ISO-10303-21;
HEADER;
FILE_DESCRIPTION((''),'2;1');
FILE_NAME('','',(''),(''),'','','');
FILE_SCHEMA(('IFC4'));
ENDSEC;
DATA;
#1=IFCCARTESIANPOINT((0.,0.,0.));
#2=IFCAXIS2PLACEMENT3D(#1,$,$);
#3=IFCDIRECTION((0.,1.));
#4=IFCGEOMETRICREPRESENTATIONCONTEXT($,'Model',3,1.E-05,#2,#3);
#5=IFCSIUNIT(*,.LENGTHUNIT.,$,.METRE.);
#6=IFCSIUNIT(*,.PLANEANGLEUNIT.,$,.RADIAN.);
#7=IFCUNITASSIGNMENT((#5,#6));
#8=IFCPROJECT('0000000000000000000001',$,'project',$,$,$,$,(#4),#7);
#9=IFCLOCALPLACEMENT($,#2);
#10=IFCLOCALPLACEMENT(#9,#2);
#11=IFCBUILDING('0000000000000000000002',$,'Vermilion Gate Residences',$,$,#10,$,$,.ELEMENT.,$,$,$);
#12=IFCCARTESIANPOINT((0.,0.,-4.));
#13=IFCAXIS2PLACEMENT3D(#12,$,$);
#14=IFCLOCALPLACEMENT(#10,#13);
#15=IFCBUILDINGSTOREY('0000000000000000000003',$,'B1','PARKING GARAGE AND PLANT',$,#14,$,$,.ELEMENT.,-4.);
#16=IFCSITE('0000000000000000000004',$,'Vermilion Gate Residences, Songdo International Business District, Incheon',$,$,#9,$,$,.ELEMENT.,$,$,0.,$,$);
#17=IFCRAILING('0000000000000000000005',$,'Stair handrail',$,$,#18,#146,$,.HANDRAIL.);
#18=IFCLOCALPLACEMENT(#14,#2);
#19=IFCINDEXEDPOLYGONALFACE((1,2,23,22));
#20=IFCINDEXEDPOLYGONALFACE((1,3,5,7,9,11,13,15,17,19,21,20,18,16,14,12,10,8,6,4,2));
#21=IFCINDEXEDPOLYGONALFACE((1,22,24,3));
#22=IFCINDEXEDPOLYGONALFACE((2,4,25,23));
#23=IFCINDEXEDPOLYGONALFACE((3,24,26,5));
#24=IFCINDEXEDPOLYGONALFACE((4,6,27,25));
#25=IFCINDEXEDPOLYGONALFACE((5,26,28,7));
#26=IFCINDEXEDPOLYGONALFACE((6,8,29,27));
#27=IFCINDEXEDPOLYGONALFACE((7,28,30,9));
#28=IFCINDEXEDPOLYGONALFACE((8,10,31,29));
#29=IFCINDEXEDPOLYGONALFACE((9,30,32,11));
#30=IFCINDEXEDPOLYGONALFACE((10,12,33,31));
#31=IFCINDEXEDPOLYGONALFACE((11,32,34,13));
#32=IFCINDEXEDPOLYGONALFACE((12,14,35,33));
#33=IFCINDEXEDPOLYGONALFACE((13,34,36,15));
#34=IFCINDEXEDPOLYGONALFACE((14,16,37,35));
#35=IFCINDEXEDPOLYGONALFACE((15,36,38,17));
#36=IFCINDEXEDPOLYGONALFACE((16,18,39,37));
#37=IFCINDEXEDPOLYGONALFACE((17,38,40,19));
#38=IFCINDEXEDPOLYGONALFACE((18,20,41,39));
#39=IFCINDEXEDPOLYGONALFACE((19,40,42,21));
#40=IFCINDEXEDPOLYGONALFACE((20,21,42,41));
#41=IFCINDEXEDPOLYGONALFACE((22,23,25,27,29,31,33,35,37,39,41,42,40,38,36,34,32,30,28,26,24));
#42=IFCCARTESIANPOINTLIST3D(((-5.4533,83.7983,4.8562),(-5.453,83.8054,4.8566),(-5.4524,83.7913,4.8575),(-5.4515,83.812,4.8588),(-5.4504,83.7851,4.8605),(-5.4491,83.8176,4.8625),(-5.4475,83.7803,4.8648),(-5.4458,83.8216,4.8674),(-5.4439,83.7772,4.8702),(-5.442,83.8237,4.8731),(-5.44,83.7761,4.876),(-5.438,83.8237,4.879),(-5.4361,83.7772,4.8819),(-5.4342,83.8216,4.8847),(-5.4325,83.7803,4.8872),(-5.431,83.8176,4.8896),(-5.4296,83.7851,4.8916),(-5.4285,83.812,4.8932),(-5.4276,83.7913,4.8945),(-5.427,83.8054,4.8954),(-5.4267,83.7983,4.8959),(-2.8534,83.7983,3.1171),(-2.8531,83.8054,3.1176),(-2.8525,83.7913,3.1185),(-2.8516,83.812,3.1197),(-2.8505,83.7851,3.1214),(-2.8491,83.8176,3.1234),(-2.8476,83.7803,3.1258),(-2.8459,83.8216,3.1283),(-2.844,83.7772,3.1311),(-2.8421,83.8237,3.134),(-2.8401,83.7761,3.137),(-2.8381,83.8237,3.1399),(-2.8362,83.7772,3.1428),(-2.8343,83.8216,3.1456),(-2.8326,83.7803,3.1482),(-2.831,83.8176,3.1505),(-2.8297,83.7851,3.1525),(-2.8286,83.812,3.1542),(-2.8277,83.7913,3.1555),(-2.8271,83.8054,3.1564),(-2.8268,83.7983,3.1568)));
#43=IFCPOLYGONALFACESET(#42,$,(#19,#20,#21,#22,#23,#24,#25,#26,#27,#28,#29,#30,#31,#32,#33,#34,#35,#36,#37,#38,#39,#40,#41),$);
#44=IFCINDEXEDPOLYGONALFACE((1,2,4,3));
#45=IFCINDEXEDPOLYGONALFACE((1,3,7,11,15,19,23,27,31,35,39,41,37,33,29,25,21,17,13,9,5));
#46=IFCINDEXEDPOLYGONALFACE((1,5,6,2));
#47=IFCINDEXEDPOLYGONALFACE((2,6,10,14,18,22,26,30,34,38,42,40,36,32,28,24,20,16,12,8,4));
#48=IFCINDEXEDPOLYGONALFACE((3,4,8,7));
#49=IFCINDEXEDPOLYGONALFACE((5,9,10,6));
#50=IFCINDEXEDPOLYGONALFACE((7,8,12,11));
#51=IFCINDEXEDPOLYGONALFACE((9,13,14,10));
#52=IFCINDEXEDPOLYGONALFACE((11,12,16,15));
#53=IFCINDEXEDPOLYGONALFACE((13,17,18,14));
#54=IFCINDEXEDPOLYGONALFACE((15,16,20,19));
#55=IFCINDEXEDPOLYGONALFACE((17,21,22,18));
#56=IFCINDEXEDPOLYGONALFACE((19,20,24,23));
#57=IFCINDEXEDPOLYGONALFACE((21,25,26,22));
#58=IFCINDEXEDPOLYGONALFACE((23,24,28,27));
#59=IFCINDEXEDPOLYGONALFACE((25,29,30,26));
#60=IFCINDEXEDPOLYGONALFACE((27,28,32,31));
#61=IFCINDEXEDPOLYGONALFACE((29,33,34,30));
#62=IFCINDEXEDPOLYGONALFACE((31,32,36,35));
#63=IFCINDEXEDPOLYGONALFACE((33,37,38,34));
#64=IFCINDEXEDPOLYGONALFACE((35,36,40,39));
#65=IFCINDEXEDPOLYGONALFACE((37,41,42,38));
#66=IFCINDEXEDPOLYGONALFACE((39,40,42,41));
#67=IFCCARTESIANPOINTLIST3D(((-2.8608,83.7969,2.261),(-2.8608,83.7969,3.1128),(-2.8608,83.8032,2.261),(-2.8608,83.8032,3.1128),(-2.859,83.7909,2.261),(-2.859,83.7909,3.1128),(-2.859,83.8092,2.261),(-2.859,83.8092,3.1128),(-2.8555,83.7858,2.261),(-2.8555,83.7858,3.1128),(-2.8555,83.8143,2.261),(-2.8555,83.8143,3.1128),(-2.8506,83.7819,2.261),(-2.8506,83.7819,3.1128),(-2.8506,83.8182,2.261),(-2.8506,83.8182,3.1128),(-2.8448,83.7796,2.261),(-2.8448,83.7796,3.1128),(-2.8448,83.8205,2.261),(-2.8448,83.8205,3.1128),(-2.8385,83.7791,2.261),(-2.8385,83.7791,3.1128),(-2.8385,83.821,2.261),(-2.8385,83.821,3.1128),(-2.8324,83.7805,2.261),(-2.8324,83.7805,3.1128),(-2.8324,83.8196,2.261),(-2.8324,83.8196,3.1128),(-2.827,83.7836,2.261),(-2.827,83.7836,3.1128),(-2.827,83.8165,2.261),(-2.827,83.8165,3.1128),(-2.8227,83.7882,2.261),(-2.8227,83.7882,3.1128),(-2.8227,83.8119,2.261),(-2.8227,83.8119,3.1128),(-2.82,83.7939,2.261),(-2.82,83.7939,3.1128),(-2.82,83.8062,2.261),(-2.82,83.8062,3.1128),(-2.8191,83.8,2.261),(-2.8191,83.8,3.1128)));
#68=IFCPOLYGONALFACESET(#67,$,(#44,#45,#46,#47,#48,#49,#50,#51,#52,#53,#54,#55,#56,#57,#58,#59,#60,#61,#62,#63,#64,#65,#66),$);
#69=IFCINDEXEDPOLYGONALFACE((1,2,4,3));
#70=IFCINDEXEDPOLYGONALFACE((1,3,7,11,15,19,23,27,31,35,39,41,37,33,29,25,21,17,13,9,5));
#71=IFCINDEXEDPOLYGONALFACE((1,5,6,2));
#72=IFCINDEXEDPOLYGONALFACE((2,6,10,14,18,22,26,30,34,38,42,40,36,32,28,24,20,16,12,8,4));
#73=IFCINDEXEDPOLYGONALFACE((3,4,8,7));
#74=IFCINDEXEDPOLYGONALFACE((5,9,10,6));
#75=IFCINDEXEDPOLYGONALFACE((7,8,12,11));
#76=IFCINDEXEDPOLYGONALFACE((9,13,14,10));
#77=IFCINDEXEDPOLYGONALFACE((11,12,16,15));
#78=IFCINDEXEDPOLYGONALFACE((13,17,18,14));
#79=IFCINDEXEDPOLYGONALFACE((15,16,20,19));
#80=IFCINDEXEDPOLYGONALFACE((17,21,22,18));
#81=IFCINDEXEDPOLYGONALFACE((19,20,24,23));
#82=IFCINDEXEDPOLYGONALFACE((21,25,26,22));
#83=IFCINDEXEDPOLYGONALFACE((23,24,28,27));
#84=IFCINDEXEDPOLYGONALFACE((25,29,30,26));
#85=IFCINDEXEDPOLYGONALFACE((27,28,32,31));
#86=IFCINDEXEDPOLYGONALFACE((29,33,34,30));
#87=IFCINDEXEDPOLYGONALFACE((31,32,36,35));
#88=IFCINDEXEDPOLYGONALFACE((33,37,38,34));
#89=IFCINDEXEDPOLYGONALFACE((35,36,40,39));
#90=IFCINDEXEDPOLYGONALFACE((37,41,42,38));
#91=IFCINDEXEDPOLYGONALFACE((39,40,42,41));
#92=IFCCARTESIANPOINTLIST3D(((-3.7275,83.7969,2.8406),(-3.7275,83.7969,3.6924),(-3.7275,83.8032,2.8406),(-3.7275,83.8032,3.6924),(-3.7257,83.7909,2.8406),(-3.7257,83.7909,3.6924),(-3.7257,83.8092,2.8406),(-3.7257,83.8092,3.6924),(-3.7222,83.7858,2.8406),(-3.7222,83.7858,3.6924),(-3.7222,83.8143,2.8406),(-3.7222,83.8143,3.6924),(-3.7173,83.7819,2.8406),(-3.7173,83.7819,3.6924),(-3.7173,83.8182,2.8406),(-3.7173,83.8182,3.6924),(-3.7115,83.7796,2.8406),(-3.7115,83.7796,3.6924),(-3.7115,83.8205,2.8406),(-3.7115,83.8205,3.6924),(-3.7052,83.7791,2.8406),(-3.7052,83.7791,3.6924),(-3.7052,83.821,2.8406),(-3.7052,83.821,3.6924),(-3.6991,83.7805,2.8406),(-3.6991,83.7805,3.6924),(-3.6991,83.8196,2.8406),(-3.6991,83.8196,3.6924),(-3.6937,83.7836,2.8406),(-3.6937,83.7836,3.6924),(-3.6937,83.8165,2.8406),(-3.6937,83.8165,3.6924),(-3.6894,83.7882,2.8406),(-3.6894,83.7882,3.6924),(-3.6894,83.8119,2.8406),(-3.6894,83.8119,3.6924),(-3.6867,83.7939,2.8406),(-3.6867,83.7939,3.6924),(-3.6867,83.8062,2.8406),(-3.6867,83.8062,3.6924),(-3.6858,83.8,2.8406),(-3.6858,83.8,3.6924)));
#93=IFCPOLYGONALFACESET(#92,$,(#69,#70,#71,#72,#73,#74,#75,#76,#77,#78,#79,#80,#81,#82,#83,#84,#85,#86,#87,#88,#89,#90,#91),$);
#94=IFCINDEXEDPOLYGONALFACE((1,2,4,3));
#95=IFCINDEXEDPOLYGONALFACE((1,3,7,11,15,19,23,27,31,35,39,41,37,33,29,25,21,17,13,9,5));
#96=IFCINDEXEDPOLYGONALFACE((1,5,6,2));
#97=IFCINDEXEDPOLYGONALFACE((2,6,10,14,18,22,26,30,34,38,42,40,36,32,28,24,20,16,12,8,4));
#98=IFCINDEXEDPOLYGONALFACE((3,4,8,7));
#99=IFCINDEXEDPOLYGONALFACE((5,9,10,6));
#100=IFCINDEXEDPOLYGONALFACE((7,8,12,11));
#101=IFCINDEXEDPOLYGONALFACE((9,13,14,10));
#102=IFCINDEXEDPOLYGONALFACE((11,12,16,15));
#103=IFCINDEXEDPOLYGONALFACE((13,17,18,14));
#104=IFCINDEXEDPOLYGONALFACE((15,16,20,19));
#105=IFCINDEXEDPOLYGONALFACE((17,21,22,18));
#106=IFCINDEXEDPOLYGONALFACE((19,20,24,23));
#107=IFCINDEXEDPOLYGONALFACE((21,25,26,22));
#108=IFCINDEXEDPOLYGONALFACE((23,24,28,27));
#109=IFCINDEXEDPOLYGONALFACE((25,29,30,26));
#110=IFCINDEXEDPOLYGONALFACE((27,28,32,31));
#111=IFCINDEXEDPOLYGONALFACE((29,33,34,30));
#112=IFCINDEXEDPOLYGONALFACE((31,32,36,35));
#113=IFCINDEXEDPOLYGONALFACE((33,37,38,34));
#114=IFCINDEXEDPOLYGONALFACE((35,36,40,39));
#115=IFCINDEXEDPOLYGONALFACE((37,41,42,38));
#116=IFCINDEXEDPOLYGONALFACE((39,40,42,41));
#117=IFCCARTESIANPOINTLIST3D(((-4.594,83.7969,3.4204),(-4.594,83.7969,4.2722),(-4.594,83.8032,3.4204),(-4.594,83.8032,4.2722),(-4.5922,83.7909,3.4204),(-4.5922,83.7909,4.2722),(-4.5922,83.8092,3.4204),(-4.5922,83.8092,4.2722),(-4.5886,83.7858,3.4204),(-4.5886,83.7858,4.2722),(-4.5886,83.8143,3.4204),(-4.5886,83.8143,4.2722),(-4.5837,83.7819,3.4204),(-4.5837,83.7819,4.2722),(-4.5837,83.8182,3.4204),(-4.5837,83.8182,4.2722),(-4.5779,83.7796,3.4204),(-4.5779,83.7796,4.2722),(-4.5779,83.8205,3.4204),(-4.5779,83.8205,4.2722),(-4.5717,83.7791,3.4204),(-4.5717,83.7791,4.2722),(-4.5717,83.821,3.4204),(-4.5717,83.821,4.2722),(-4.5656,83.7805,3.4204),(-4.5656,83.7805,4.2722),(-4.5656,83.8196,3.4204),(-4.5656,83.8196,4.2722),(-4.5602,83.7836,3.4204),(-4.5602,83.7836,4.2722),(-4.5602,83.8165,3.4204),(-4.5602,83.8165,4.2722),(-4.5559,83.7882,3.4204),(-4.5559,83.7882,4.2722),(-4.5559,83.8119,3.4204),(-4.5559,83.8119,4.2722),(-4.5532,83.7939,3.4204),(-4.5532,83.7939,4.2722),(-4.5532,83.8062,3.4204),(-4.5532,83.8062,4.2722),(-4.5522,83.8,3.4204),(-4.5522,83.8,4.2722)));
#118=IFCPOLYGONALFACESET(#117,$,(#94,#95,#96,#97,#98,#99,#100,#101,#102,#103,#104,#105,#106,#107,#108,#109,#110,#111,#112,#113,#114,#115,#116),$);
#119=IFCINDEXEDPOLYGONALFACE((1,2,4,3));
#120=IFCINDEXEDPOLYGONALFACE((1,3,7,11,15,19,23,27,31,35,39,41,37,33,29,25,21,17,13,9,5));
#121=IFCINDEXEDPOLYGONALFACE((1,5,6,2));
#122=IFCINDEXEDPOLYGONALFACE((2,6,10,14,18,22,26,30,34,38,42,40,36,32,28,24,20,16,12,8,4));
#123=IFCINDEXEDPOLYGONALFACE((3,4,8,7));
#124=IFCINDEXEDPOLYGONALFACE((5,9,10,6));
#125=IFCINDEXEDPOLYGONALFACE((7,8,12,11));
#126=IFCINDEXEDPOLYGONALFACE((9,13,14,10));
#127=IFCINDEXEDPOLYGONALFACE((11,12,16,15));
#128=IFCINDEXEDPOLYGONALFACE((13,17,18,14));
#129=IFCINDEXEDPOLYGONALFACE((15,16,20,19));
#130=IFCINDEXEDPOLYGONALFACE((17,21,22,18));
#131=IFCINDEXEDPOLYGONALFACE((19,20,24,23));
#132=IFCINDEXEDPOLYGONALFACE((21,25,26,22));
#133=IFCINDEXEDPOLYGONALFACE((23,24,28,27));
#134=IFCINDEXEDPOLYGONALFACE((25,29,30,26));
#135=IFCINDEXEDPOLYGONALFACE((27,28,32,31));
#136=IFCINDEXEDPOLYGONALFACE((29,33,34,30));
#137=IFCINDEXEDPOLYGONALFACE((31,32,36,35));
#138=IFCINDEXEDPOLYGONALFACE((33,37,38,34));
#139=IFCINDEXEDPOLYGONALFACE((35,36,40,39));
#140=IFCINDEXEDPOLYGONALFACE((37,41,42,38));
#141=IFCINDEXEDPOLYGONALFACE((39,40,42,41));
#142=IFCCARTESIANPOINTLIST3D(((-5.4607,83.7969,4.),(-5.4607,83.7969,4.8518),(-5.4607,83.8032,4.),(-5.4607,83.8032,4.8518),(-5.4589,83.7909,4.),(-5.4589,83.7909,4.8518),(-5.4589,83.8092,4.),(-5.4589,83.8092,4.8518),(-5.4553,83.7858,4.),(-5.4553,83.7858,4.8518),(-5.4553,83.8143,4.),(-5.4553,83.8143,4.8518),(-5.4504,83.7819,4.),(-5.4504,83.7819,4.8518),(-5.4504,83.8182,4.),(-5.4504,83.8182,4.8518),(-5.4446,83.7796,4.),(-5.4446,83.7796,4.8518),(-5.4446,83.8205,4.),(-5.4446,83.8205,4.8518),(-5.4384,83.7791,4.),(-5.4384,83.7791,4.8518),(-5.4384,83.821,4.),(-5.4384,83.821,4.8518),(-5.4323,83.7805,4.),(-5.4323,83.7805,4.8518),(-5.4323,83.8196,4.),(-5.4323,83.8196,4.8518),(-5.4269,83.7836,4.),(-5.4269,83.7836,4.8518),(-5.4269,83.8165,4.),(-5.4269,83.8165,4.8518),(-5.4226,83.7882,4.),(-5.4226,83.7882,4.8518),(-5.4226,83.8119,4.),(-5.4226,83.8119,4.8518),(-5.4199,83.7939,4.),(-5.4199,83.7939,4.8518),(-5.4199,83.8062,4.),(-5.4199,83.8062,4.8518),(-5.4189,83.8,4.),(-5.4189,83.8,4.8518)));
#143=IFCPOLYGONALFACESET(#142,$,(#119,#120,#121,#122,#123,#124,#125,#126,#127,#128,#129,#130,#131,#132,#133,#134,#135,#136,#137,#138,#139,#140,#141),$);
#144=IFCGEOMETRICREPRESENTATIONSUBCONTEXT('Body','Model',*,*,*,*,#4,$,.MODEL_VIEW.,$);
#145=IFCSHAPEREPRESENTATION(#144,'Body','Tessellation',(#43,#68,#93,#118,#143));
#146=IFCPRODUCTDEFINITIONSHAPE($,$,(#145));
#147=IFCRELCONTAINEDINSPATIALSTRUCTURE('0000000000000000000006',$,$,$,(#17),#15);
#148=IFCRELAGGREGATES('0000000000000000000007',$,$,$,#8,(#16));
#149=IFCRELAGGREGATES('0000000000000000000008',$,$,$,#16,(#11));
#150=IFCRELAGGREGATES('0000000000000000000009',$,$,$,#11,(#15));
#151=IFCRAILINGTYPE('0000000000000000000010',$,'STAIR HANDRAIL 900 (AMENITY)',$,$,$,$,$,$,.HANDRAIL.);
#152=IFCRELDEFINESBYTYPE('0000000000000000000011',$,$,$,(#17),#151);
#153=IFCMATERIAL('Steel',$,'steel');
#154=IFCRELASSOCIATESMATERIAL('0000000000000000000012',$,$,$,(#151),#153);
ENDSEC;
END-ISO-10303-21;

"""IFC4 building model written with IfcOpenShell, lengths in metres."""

from ifc_helpers import new_model, si_unit, direction, frame, origin, origin_2d, place, context, subcontext, project, spatial, circle, extrude, material, type_object, element, save


model = new_model("IFC4")

# Units and contexts
model_context = context("Model", 3, precision=1e-05, world=origin(), true_north=direction((0.0, 1.0)))
body_context = subcontext(model_context, "Body", "Model", "MODEL_VIEW")
ifc_project = project(units=[si_unit("LENGTHUNIT", "METRE"), si_unit("PLANEANGLEUNIT", "RADIAN")], contexts=[model_context])

# Site, building, storey
site_placement = place(None, origin())
site = spatial("IfcSite", under=ifc_project, at=site_placement, Name="Vermilion Gate Residences, Songdo International Business District, Incheon", CompositionType="ELEMENT", RefElevation=0.0)
building_placement = place(site_placement, origin())
building = spatial("IfcBuilding", under=site, at=building_placement, Name="Vermilion Gate Residences", CompositionType="ELEMENT")
storey_placement = place(building_placement, frame((0.0, 0.0, -4.0)))
storey = spatial("IfcBuildingStorey", under=building, at=storey_placement, Name="B1", Description="PARKING GARAGE AND PLANT", CompositionType="ELEMENT", Elevation=-4.0)

# Railing
ifc_material_1 = material(Name="Steel", Category="steel")
railing_type = type_object("IfcRailingType", Name="STAIR HANDRAIL 900 (AMENITY)", PredefinedType="HANDRAIL", material=ifc_material_1)
railing_1_placement = place(storey_placement, frame((-2.8401, 83.8, 2.261)))
element("IfcRailing", 1, at=railing_1_placement, inside=storey, type_object=railing_type, Name="Stair handrail", PredefinedType="HANDRAIL", context=body_context, shape_type="SweptSolid", body=[
    extrude(circle(Radius=0.0239, at=origin_2d()), frame((0.0, 0.0, 0.876), z_axis=(-0.831197, 0.0, 0.555978), x_axis=(0.0, -1.0, 0.0)), (0.0, 0.0, 1.0), 3.1279),
    extrude(circle(Radius=0.021, at=origin_2d()), origin(), (0.0, 0.0, 1.0), 0.8518),
    extrude(circle(Radius=0.021, at=origin_2d()), frame((-0.8667, 0.0, 0.5796)), (0.0, 0.0, 1.0), 0.8518),
    extrude(circle(Radius=0.021, at=origin_2d()), frame((-1.7332, 0.0, 1.1594)), (0.0, 0.0, 1.0), 0.8518),
    extrude(circle(Radius=0.021, at=origin_2d()), frame((-2.5999, 0.0, 1.739)), (0.0, 0.0, 1.0), 0.8518),
])

save(model, "model.ifc")
